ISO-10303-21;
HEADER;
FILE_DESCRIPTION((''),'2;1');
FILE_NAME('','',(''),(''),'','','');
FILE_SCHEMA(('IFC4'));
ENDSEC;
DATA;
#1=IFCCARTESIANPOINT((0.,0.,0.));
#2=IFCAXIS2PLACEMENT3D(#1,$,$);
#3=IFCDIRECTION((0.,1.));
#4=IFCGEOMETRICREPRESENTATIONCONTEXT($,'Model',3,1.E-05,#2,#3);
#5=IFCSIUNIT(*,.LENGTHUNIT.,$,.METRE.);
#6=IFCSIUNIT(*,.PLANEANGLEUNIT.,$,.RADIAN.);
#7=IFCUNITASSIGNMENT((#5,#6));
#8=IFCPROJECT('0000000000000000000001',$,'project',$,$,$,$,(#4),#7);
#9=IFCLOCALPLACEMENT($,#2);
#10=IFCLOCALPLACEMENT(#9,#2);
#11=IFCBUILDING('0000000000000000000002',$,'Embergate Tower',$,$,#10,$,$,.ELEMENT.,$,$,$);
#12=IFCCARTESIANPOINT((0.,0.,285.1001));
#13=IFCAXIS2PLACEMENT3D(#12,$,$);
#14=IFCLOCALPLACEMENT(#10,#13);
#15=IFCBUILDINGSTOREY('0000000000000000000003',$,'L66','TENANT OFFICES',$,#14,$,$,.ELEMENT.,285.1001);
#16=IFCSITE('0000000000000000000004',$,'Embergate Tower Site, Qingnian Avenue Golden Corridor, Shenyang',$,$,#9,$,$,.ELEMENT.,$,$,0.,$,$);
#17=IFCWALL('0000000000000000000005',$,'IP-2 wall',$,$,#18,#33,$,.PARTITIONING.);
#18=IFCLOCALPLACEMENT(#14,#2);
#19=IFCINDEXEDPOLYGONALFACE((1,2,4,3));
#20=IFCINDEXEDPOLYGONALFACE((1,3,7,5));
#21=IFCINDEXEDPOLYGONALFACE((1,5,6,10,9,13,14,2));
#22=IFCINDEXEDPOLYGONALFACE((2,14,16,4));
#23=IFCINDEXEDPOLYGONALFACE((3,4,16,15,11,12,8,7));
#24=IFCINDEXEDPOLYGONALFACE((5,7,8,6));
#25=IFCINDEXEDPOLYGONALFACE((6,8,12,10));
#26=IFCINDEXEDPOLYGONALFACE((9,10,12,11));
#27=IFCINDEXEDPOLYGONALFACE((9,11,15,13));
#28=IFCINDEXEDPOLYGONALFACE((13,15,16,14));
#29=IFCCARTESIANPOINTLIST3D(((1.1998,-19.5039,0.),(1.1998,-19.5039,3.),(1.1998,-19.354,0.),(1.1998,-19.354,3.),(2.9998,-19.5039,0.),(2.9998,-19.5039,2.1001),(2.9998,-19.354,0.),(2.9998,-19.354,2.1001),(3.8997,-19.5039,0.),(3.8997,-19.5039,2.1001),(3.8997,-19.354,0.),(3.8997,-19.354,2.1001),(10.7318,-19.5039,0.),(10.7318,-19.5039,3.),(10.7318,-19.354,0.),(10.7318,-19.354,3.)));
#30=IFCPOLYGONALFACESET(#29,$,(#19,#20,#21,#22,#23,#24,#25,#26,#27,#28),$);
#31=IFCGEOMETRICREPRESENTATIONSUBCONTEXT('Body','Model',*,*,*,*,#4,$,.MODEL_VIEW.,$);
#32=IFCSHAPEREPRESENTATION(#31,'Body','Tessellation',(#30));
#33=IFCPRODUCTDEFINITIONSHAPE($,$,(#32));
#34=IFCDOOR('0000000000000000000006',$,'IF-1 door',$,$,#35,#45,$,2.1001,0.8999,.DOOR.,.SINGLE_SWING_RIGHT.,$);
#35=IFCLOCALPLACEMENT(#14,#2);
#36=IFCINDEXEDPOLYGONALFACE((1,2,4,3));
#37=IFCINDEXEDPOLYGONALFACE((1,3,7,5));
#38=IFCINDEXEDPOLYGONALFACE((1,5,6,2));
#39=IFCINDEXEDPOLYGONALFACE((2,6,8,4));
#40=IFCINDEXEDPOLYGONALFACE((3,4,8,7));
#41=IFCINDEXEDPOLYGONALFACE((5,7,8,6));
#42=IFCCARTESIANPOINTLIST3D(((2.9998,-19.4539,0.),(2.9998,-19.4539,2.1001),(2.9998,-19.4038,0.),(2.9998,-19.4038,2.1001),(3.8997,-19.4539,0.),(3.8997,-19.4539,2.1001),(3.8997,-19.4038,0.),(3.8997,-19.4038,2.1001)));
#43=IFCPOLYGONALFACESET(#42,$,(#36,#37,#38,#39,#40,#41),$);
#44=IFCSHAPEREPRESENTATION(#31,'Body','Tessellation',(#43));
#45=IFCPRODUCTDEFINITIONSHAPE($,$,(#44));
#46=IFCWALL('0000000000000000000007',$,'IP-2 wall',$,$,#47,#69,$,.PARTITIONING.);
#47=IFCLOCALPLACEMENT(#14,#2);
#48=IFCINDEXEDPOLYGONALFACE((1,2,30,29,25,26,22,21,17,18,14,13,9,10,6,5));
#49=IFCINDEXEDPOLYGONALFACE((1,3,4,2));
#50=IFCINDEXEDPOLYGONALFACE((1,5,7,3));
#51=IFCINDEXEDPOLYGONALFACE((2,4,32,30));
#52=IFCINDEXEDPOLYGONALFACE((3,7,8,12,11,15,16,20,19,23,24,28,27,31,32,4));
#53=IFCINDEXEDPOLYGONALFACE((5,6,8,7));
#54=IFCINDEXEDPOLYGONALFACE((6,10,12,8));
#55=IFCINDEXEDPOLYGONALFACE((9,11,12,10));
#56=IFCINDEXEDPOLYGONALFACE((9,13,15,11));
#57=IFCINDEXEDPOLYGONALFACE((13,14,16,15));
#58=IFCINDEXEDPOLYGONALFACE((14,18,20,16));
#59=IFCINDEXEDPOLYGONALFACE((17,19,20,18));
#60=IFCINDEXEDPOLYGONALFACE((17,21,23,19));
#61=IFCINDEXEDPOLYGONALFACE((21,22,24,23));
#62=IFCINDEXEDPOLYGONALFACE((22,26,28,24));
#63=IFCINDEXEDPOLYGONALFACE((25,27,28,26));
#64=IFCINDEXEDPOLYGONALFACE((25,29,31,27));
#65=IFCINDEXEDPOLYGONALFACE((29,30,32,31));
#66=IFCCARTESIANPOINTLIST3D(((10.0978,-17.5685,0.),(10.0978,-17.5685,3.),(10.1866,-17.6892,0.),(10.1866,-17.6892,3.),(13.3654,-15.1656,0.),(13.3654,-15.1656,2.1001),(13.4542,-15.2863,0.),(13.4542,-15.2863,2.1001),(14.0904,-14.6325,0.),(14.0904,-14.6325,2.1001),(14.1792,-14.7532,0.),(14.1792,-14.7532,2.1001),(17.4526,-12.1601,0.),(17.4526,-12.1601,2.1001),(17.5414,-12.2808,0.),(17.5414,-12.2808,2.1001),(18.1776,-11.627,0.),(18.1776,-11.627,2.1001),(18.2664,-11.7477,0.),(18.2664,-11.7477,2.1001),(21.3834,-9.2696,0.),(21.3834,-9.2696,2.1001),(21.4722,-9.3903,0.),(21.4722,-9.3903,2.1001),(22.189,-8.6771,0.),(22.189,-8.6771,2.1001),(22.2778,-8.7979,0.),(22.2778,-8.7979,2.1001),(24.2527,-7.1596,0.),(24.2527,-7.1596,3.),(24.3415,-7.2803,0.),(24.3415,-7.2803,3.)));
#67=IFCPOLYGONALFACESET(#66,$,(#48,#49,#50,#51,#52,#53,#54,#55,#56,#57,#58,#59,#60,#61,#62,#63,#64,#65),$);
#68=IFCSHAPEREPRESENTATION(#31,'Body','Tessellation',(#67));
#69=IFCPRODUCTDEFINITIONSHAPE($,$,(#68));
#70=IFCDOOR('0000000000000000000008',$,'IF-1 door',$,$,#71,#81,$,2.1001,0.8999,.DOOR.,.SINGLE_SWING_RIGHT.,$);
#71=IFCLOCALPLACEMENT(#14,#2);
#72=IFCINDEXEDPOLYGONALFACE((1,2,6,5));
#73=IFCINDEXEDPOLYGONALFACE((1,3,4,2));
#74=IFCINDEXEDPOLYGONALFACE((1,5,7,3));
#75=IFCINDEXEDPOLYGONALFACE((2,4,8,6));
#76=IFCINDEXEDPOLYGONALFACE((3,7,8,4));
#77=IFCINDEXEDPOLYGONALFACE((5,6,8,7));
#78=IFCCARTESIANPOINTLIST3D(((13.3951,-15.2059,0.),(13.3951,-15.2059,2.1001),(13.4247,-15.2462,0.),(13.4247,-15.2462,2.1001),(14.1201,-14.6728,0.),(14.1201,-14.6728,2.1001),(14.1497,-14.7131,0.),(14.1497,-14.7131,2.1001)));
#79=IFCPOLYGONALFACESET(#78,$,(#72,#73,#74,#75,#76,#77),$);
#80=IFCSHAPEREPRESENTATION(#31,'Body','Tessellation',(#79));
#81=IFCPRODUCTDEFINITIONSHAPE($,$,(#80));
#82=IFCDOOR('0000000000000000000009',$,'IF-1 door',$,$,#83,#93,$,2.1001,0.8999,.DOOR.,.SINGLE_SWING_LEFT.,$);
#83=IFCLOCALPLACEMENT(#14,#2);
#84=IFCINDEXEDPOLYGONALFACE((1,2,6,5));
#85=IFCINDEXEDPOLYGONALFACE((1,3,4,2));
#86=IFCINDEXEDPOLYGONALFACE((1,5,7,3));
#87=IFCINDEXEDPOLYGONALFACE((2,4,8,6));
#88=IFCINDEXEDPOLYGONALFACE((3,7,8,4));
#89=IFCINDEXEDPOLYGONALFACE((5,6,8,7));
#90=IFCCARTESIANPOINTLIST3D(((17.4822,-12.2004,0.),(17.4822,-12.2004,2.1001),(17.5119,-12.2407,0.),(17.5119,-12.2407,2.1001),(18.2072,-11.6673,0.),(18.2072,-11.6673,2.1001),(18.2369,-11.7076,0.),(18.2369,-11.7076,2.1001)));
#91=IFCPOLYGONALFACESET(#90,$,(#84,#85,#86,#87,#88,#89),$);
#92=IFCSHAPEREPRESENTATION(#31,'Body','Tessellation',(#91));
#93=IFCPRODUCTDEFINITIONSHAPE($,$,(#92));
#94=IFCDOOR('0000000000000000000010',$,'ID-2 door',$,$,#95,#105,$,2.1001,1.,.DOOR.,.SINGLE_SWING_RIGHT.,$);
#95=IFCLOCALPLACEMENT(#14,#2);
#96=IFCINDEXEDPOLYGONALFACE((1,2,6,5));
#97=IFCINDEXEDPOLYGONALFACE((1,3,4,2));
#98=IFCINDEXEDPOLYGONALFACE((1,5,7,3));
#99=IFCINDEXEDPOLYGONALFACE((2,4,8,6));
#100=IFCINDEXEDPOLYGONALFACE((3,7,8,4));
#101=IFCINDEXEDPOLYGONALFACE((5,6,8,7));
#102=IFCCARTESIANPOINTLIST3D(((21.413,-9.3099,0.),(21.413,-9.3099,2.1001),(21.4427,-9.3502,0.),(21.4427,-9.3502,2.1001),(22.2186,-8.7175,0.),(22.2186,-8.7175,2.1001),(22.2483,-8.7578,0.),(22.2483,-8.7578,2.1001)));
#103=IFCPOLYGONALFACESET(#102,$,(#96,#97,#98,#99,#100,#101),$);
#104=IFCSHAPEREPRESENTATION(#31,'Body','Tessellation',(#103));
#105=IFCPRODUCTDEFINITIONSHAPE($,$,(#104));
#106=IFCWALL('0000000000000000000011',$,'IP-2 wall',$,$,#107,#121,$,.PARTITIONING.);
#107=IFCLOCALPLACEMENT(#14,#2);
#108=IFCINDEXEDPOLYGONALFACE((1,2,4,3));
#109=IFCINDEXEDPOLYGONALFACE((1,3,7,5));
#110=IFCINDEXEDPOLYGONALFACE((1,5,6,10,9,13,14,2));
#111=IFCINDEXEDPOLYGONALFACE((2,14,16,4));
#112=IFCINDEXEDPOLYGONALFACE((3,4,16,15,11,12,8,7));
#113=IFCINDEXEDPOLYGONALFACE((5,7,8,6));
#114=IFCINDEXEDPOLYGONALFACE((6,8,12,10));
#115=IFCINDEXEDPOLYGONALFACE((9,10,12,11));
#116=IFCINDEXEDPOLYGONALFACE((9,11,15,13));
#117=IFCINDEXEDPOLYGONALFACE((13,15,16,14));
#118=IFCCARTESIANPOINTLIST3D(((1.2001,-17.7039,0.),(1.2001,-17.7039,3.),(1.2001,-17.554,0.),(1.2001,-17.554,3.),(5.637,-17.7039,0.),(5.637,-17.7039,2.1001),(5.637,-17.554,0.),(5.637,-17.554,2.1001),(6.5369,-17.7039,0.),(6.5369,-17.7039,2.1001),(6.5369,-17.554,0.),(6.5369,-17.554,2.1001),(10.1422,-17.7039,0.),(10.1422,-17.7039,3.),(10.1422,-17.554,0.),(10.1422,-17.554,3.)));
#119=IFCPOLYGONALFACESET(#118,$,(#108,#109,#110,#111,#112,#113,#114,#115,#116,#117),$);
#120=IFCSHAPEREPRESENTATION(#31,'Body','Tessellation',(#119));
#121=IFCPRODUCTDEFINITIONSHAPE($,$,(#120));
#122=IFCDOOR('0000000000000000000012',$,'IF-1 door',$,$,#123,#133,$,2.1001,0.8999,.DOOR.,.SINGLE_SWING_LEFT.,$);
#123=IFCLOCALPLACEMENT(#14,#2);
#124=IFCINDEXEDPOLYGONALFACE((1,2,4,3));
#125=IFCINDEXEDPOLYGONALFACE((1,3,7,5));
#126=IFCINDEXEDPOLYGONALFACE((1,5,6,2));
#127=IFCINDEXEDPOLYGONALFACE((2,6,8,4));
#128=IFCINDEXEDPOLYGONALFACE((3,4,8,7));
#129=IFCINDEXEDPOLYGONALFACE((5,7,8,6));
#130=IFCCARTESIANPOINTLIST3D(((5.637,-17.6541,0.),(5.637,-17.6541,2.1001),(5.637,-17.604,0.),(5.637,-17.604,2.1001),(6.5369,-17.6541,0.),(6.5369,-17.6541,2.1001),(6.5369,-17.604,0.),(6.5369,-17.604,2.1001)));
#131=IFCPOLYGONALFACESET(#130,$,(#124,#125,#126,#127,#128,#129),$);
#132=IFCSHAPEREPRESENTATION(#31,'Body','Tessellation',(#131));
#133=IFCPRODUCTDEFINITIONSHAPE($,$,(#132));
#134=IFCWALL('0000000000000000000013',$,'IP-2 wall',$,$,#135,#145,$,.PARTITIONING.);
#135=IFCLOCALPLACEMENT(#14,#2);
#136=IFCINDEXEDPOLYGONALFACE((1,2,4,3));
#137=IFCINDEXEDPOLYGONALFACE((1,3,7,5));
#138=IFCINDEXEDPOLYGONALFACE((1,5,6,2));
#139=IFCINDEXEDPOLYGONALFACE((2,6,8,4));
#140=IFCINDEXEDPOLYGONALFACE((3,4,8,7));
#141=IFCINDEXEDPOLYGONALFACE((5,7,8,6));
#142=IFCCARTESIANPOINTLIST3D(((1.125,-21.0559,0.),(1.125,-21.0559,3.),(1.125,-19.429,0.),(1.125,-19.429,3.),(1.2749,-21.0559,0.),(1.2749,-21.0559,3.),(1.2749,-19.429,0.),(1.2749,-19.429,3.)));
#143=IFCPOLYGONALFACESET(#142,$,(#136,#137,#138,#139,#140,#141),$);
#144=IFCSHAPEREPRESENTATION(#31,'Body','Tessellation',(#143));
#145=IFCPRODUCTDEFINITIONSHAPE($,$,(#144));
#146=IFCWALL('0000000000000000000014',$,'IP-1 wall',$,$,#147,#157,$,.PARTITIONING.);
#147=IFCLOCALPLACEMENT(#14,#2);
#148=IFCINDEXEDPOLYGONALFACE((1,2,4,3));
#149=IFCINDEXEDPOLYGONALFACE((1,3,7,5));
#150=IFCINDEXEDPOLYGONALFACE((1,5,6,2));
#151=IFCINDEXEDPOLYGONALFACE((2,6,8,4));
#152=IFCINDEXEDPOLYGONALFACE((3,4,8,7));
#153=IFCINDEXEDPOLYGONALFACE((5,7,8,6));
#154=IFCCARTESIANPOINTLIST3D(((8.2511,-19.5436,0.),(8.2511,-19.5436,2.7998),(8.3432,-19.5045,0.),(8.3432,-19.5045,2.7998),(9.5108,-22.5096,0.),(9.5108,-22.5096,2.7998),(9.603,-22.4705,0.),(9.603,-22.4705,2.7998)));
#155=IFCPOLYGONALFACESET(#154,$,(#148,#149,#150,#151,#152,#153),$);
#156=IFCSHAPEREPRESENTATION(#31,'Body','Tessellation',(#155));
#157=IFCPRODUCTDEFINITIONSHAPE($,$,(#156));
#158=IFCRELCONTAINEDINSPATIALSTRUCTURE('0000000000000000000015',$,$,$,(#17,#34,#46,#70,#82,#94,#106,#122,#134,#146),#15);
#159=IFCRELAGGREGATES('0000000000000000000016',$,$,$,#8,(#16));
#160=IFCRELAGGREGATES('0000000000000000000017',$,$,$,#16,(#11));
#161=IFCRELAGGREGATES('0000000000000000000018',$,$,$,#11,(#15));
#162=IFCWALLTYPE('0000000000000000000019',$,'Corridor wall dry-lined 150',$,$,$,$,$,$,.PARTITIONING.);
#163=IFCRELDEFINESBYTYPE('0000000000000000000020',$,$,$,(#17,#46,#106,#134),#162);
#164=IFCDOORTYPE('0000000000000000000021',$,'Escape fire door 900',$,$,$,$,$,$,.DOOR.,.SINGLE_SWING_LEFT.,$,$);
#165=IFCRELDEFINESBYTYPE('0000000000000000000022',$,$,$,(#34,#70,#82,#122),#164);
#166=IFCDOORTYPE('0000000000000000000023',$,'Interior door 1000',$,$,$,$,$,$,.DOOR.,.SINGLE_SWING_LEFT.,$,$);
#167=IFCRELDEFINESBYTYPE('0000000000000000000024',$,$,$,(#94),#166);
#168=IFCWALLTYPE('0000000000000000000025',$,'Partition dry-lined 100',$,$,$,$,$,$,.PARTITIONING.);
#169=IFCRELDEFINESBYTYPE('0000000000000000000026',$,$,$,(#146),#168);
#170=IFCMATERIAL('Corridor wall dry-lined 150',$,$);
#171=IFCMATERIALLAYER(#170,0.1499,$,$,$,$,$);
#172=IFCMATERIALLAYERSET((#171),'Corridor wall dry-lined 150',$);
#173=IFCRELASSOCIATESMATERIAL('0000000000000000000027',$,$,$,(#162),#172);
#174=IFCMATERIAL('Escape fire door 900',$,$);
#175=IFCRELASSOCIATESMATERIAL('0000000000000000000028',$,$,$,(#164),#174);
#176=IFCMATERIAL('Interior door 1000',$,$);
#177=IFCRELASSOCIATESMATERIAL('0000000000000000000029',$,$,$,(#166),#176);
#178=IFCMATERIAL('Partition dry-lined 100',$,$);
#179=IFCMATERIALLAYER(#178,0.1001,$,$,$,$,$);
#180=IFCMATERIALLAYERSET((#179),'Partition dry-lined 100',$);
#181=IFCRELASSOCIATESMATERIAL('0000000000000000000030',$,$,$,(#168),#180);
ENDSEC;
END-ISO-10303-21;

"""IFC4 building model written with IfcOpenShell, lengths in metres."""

from ifc_helpers import new_model, si_unit, direction, frame, frame_2d, origin, place, context, subcontext, project, spatial, rectangle, extrude, source, transform, mapped, material, layer, layer_set, type_object, element, fill, save


model = new_model("IFC4")

# Units and contexts
model_context = context("Model", 3, precision=1e-05, world=origin(), true_north=direction((0.0, 1.0)))
body_context = subcontext(model_context, "Body", "Model", "MODEL_VIEW")
ifc_project = project(units=[si_unit("LENGTHUNIT", "METRE"), si_unit("PLANEANGLEUNIT", "RADIAN")], contexts=[model_context])

# Site, building, storey
site_placement = place(None, origin())
site = spatial("IfcSite", under=ifc_project, at=site_placement, Name="Embergate Tower Site, Qingnian Avenue Golden Corridor, Shenyang", CompositionType="ELEMENT", RefElevation=0.0)
building_placement = place(site_placement, origin())
building = spatial("IfcBuilding", under=site, at=building_placement, Name="Embergate Tower", CompositionType="ELEMENT")
storey_placement = place(building_placement, frame((0.0, 0.0, 285.1001)))
storey = spatial("IfcBuildingStorey", under=building, at=storey_placement, Name="L66", Description="TENANT OFFICES", CompositionType="ELEMENT", Elevation=285.1001)

# Shared definitions
ifc_material_1 = material(Name="Corridor wall dry-lined 150")
ifc_layer_1 = layer(ifc_material_1, 0.1499)
ifc_layer_set_1 = layer_set([ifc_layer_1], Name="Corridor wall dry-lined 150")
wall_type_1 = type_object("IfcWallType", Name="Corridor wall dry-lined 150", PredefinedType="PARTITIONING", material=ifc_layer_set_1)

# Shared definitions
shared_shape_1 = source(origin(), body_context, "Body", "SweptSolid", [
    extrude(rectangle(XDim=1.0, YDim=2.1001, at=frame_2d((0.5, 1.05))), frame((0.0, 0.085, 0.0), z_axis=(0.0, -1.0, 0.0), x_axis=(1.0, 0.0, 0.0)), (0.0, 0.0, 1.0), 0.1699),
])
shared_shape_2 = source(origin(), body_context, "Body", "SweptSolid", [
    extrude(rectangle(XDim=0.8999, YDim=2.1001, at=frame_2d((0.45, 1.05))), frame((0.0, 0.085, 0.0), z_axis=(0.0, -1.0, 0.0), x_axis=(1.0, 0.0, 0.0)), (0.0, 0.0, 1.0), 0.1699),
])
ifc_material_2 = material(Name="Escape fire door 900")
door_type_1 = type_object("IfcDoorType", Name="Escape fire door 900", OperationType="SINGLE_SWING_LEFT", PredefinedType="DOOR", material=ifc_material_2)
shared_shape_3 = source(origin(), body_context, "Body", "SweptSolid", [
    extrude(rectangle(XDim=0.8999, YDim=2.1001, at=frame_2d((0.45, 1.05))), frame((0.0, 0.0249, 0.0), z_axis=(0.0, -1.0, 0.0), x_axis=(1.0, 0.0, 0.0)), (0.0, 0.0, 1.0), 0.05),
])
ifc_material_3 = material(Name="Interior door 1000")
door_type_2 = type_object("IfcDoorType", Name="Interior door 1000", OperationType="SINGLE_SWING_LEFT", PredefinedType="DOOR", material=ifc_material_3)
shared_shape_4 = source(origin(), body_context, "Body", "SweptSolid", [
    extrude(rectangle(XDim=1.0, YDim=2.1001, at=frame_2d((0.5, 1.05))), frame((0.0, 0.0249, 0.0), z_axis=(0.0, -1.0, 0.0), x_axis=(1.0, 0.0, 0.0)), (0.0, 0.0, 1.0), 0.05),
])

# Wall, opening, door
shared_shape_5 = source(origin(), body_context, "Body", "SweptSolid", [
    extrude(rectangle(XDim=9.532, YDim=0.1499, at=frame_2d((4.7661, 0.0))), origin(), (0.0, 0.0, 1.0), 3.0),
])
wall_1_placement = place(storey_placement, frame((10.7319, -19.429, 0.0), z_axis=(0.0, 0.0, 1.0), x_axis=(-1.0, 0.0, 0.0)))
wall_1 = element("IfcWall", 1, at=wall_1_placement, inside=storey, type_object=wall_type_1, Name="IP-2 wall", PredefinedType="PARTITIONING", context=body_context, shape_type="MappedRepresentation", body=[
    mapped(shared_shape_5, transform((0.0, 0.0, 0.0))),
])
opening_1_placement = place(wall_1_placement, frame((6.8323, 0.0, 0.0)))
opening_1 = element("IfcOpeningElement", 2, at=opening_1_placement, cuts=wall_1, PredefinedType="OPENING", context=body_context, shape_type="MappedRepresentation", body=[
    mapped(shared_shape_2, transform((0.0, 0.0, 0.0))),
])
door_1_placement = place(opening_1_placement, origin())
door_1 = element("IfcDoor", 3, at=door_1_placement, inside=storey, type_object=door_type_1, Name="IF-1 door", OperationType="SINGLE_SWING_RIGHT", OverallHeight=2.1001, OverallWidth=0.8999, PredefinedType="DOOR", context=body_context, shape_type="MappedRepresentation", body=[
    mapped(shared_shape_3, transform((0.0, 0.0, 0.0))),
])
fill(opening_1, door_1)

# Wall, openings, doors
shared_shape_6 = source(origin(), body_context, "Body", "SweptSolid", [
    extrude(rectangle(XDim=17.5701, YDim=0.1499, at=frame_2d((8.7852, 0.0))), origin(), (0.0, 0.0, 1.0), 3.0),
])
wall_2_placement = place(storey_placement, frame((10.1421, -17.6289, 0.0), z_axis=(0.0, 0.0, 1.0), x_axis=(0.805629, 0.592421, 0.0)))
wall_2 = element("IfcWall", 4, at=wall_2_placement, inside=storey, type_object=wall_type_1, Name="IP-2 wall", PredefinedType="PARTITIONING", context=body_context, shape_type="MappedRepresentation", body=[
    mapped(shared_shape_6, transform((0.0, 0.0, 0.0))),
])
opening_2_placement = place(wall_2_placement, frame((4.0562, 0.0, 0.0)))
opening_2 = element("IfcOpeningElement", 5, at=opening_2_placement, cuts=wall_2, PredefinedType="OPENING", context=body_context, shape_type="MappedRepresentation", body=[
    mapped(shared_shape_2, transform((0.0, 0.0, 0.0))),
])
opening_3_placement = place(wall_2_placement, frame((9.1294, 0.0, 0.0)))
opening_3 = element("IfcOpeningElement", 6, at=opening_3_placement, cuts=wall_2, PredefinedType="OPENING", context=body_context, shape_type="MappedRepresentation", body=[
    mapped(shared_shape_2, transform((0.0, 0.0, 0.0))),
])
opening_4_placement = place(wall_2_placement, frame((14.0085, 0.0, 0.0)))
opening_4 = element("IfcOpeningElement", 7, at=opening_4_placement, cuts=wall_2, PredefinedType="OPENING", context=body_context, shape_type="MappedRepresentation", body=[
    mapped(shared_shape_1, transform((0.0, 0.0, 0.0))),
])
door_2_placement = place(opening_2_placement, origin())
door_2 = element("IfcDoor", 8, at=door_2_placement, inside=storey, type_object=door_type_1, Name="IF-1 door", OperationType="SINGLE_SWING_RIGHT", OverallHeight=2.1001, OverallWidth=0.8999, PredefinedType="DOOR", context=body_context, shape_type="MappedRepresentation", body=[
    mapped(shared_shape_3, transform((0.0, 0.0, 0.0))),
])
fill(opening_2, door_2)
door_3_placement = place(opening_3_placement, origin())
door_3 = element("IfcDoor", 9, at=door_3_placement, inside=storey, type_object=door_type_1, Name="IF-1 door", OperationType="SINGLE_SWING_LEFT", OverallHeight=2.1001, OverallWidth=0.8999, PredefinedType="DOOR", context=body_context, shape_type="MappedRepresentation", body=[
    mapped(shared_shape_3, transform((0.0, 0.0, 0.0))),
])
fill(opening_3, door_3)
door_4_placement = place(opening_4_placement, origin())
door_4 = element("IfcDoor", 10, at=door_4_placement, inside=storey, type_object=door_type_2, Name="ID-2 door", OperationType="SINGLE_SWING_RIGHT", OverallHeight=2.1001, OverallWidth=1.0, PredefinedType="DOOR", context=body_context, shape_type="MappedRepresentation", body=[
    mapped(shared_shape_4, transform((0.0, 0.0, 0.0))),
])
fill(opening_4, door_4)

# Wall, opening, door
shared_shape_7 = source(origin(), body_context, "Body", "SweptSolid", [
    extrude(rectangle(XDim=8.9421, YDim=0.1499, at=frame_2d((4.4712, 0.0))), origin(), (0.0, 0.0, 1.0), 3.0),
])
wall_3_placement = place(storey_placement, frame((1.2, -17.6289, 0.0), z_axis=(0.0, 0.0, 1.0), x_axis=(1.0, 0.0, 0.0)))
wall_3 = element("IfcWall", 11, at=wall_3_placement, inside=storey, type_object=wall_type_1, Name="IP-2 wall", PredefinedType="PARTITIONING", context=body_context, shape_type="MappedRepresentation", body=[
    mapped(shared_shape_7, transform((0.0, 0.0, 0.0))),
])
opening_5_placement = place(wall_3_placement, frame((4.437, 0.0, 0.0)))
opening_5 = element("IfcOpeningElement", 12, at=opening_5_placement, cuts=wall_3, PredefinedType="OPENING", context=body_context, shape_type="MappedRepresentation", body=[
    mapped(shared_shape_2, transform((0.0, 0.0, 0.0))),
])
door_5_placement = place(opening_5_placement, origin())
door_5 = element("IfcDoor", 13, at=door_5_placement, inside=storey, type_object=door_type_1, Name="IF-1 door", OperationType="SINGLE_SWING_LEFT", OverallHeight=2.1001, OverallWidth=0.8999, PredefinedType="DOOR", context=body_context, shape_type="MappedRepresentation", body=[
    mapped(shared_shape_3, transform((0.0, 0.0, 0.0))),
])
fill(opening_5, door_5)

# Walls
shared_shape_8 = source(origin(), body_context, "Body", "SweptSolid", [
    extrude(rectangle(XDim=1.627, YDim=0.1499, at=frame_2d((0.8135, 0.0))), origin(), (0.0, 0.0, 1.0), 3.0),
])
wall_4_placement = place(storey_placement, frame((1.2, -19.429, 0.0), z_axis=(0.0, 0.0, 1.0), x_axis=(0.0, -1.0, 0.0)))
element("IfcWall", 14, at=wall_4_placement, inside=storey, type_object=wall_type_1, Name="IP-2 wall", PredefinedType="PARTITIONING", context=body_context, shape_type="MappedRepresentation", body=[
    mapped(shared_shape_8, transform((0.0, 0.0, 0.0))),
])
ifc_material_4 = material(Name="Partition dry-lined 100")
ifc_layer_2 = layer(ifc_material_4, 0.1001)
ifc_layer_set_2 = layer_set([ifc_layer_2], Name="Partition dry-lined 100")
wall_type_2 = type_object("IfcWallType", Name="Partition dry-lined 100", PredefinedType="PARTITIONING", material=ifc_layer_set_2)
shared_shape_9 = source(origin(), body_context, "Body", "SweptSolid", [
    extrude(rectangle(XDim=3.2224, YDim=0.1001, at=frame_2d((1.6113, 0.0))), origin(), (0.0, 0.0, 1.0), 2.7998),
])
wall_5_placement = place(storey_placement, frame((8.2971, -19.5239, 0.0), z_axis=(0.0, 0.0, 1.0), x_axis=(0.390927, -0.920422, 0.0)))
element("IfcWall", 15, at=wall_5_placement, inside=storey, type_object=wall_type_2, Name="IP-1 wall", PredefinedType="PARTITIONING", context=body_context, shape_type="MappedRepresentation", body=[
    mapped(shared_shape_9, transform((0.0, 0.0, 0.0))),
])

save(model, "model.ifc")
